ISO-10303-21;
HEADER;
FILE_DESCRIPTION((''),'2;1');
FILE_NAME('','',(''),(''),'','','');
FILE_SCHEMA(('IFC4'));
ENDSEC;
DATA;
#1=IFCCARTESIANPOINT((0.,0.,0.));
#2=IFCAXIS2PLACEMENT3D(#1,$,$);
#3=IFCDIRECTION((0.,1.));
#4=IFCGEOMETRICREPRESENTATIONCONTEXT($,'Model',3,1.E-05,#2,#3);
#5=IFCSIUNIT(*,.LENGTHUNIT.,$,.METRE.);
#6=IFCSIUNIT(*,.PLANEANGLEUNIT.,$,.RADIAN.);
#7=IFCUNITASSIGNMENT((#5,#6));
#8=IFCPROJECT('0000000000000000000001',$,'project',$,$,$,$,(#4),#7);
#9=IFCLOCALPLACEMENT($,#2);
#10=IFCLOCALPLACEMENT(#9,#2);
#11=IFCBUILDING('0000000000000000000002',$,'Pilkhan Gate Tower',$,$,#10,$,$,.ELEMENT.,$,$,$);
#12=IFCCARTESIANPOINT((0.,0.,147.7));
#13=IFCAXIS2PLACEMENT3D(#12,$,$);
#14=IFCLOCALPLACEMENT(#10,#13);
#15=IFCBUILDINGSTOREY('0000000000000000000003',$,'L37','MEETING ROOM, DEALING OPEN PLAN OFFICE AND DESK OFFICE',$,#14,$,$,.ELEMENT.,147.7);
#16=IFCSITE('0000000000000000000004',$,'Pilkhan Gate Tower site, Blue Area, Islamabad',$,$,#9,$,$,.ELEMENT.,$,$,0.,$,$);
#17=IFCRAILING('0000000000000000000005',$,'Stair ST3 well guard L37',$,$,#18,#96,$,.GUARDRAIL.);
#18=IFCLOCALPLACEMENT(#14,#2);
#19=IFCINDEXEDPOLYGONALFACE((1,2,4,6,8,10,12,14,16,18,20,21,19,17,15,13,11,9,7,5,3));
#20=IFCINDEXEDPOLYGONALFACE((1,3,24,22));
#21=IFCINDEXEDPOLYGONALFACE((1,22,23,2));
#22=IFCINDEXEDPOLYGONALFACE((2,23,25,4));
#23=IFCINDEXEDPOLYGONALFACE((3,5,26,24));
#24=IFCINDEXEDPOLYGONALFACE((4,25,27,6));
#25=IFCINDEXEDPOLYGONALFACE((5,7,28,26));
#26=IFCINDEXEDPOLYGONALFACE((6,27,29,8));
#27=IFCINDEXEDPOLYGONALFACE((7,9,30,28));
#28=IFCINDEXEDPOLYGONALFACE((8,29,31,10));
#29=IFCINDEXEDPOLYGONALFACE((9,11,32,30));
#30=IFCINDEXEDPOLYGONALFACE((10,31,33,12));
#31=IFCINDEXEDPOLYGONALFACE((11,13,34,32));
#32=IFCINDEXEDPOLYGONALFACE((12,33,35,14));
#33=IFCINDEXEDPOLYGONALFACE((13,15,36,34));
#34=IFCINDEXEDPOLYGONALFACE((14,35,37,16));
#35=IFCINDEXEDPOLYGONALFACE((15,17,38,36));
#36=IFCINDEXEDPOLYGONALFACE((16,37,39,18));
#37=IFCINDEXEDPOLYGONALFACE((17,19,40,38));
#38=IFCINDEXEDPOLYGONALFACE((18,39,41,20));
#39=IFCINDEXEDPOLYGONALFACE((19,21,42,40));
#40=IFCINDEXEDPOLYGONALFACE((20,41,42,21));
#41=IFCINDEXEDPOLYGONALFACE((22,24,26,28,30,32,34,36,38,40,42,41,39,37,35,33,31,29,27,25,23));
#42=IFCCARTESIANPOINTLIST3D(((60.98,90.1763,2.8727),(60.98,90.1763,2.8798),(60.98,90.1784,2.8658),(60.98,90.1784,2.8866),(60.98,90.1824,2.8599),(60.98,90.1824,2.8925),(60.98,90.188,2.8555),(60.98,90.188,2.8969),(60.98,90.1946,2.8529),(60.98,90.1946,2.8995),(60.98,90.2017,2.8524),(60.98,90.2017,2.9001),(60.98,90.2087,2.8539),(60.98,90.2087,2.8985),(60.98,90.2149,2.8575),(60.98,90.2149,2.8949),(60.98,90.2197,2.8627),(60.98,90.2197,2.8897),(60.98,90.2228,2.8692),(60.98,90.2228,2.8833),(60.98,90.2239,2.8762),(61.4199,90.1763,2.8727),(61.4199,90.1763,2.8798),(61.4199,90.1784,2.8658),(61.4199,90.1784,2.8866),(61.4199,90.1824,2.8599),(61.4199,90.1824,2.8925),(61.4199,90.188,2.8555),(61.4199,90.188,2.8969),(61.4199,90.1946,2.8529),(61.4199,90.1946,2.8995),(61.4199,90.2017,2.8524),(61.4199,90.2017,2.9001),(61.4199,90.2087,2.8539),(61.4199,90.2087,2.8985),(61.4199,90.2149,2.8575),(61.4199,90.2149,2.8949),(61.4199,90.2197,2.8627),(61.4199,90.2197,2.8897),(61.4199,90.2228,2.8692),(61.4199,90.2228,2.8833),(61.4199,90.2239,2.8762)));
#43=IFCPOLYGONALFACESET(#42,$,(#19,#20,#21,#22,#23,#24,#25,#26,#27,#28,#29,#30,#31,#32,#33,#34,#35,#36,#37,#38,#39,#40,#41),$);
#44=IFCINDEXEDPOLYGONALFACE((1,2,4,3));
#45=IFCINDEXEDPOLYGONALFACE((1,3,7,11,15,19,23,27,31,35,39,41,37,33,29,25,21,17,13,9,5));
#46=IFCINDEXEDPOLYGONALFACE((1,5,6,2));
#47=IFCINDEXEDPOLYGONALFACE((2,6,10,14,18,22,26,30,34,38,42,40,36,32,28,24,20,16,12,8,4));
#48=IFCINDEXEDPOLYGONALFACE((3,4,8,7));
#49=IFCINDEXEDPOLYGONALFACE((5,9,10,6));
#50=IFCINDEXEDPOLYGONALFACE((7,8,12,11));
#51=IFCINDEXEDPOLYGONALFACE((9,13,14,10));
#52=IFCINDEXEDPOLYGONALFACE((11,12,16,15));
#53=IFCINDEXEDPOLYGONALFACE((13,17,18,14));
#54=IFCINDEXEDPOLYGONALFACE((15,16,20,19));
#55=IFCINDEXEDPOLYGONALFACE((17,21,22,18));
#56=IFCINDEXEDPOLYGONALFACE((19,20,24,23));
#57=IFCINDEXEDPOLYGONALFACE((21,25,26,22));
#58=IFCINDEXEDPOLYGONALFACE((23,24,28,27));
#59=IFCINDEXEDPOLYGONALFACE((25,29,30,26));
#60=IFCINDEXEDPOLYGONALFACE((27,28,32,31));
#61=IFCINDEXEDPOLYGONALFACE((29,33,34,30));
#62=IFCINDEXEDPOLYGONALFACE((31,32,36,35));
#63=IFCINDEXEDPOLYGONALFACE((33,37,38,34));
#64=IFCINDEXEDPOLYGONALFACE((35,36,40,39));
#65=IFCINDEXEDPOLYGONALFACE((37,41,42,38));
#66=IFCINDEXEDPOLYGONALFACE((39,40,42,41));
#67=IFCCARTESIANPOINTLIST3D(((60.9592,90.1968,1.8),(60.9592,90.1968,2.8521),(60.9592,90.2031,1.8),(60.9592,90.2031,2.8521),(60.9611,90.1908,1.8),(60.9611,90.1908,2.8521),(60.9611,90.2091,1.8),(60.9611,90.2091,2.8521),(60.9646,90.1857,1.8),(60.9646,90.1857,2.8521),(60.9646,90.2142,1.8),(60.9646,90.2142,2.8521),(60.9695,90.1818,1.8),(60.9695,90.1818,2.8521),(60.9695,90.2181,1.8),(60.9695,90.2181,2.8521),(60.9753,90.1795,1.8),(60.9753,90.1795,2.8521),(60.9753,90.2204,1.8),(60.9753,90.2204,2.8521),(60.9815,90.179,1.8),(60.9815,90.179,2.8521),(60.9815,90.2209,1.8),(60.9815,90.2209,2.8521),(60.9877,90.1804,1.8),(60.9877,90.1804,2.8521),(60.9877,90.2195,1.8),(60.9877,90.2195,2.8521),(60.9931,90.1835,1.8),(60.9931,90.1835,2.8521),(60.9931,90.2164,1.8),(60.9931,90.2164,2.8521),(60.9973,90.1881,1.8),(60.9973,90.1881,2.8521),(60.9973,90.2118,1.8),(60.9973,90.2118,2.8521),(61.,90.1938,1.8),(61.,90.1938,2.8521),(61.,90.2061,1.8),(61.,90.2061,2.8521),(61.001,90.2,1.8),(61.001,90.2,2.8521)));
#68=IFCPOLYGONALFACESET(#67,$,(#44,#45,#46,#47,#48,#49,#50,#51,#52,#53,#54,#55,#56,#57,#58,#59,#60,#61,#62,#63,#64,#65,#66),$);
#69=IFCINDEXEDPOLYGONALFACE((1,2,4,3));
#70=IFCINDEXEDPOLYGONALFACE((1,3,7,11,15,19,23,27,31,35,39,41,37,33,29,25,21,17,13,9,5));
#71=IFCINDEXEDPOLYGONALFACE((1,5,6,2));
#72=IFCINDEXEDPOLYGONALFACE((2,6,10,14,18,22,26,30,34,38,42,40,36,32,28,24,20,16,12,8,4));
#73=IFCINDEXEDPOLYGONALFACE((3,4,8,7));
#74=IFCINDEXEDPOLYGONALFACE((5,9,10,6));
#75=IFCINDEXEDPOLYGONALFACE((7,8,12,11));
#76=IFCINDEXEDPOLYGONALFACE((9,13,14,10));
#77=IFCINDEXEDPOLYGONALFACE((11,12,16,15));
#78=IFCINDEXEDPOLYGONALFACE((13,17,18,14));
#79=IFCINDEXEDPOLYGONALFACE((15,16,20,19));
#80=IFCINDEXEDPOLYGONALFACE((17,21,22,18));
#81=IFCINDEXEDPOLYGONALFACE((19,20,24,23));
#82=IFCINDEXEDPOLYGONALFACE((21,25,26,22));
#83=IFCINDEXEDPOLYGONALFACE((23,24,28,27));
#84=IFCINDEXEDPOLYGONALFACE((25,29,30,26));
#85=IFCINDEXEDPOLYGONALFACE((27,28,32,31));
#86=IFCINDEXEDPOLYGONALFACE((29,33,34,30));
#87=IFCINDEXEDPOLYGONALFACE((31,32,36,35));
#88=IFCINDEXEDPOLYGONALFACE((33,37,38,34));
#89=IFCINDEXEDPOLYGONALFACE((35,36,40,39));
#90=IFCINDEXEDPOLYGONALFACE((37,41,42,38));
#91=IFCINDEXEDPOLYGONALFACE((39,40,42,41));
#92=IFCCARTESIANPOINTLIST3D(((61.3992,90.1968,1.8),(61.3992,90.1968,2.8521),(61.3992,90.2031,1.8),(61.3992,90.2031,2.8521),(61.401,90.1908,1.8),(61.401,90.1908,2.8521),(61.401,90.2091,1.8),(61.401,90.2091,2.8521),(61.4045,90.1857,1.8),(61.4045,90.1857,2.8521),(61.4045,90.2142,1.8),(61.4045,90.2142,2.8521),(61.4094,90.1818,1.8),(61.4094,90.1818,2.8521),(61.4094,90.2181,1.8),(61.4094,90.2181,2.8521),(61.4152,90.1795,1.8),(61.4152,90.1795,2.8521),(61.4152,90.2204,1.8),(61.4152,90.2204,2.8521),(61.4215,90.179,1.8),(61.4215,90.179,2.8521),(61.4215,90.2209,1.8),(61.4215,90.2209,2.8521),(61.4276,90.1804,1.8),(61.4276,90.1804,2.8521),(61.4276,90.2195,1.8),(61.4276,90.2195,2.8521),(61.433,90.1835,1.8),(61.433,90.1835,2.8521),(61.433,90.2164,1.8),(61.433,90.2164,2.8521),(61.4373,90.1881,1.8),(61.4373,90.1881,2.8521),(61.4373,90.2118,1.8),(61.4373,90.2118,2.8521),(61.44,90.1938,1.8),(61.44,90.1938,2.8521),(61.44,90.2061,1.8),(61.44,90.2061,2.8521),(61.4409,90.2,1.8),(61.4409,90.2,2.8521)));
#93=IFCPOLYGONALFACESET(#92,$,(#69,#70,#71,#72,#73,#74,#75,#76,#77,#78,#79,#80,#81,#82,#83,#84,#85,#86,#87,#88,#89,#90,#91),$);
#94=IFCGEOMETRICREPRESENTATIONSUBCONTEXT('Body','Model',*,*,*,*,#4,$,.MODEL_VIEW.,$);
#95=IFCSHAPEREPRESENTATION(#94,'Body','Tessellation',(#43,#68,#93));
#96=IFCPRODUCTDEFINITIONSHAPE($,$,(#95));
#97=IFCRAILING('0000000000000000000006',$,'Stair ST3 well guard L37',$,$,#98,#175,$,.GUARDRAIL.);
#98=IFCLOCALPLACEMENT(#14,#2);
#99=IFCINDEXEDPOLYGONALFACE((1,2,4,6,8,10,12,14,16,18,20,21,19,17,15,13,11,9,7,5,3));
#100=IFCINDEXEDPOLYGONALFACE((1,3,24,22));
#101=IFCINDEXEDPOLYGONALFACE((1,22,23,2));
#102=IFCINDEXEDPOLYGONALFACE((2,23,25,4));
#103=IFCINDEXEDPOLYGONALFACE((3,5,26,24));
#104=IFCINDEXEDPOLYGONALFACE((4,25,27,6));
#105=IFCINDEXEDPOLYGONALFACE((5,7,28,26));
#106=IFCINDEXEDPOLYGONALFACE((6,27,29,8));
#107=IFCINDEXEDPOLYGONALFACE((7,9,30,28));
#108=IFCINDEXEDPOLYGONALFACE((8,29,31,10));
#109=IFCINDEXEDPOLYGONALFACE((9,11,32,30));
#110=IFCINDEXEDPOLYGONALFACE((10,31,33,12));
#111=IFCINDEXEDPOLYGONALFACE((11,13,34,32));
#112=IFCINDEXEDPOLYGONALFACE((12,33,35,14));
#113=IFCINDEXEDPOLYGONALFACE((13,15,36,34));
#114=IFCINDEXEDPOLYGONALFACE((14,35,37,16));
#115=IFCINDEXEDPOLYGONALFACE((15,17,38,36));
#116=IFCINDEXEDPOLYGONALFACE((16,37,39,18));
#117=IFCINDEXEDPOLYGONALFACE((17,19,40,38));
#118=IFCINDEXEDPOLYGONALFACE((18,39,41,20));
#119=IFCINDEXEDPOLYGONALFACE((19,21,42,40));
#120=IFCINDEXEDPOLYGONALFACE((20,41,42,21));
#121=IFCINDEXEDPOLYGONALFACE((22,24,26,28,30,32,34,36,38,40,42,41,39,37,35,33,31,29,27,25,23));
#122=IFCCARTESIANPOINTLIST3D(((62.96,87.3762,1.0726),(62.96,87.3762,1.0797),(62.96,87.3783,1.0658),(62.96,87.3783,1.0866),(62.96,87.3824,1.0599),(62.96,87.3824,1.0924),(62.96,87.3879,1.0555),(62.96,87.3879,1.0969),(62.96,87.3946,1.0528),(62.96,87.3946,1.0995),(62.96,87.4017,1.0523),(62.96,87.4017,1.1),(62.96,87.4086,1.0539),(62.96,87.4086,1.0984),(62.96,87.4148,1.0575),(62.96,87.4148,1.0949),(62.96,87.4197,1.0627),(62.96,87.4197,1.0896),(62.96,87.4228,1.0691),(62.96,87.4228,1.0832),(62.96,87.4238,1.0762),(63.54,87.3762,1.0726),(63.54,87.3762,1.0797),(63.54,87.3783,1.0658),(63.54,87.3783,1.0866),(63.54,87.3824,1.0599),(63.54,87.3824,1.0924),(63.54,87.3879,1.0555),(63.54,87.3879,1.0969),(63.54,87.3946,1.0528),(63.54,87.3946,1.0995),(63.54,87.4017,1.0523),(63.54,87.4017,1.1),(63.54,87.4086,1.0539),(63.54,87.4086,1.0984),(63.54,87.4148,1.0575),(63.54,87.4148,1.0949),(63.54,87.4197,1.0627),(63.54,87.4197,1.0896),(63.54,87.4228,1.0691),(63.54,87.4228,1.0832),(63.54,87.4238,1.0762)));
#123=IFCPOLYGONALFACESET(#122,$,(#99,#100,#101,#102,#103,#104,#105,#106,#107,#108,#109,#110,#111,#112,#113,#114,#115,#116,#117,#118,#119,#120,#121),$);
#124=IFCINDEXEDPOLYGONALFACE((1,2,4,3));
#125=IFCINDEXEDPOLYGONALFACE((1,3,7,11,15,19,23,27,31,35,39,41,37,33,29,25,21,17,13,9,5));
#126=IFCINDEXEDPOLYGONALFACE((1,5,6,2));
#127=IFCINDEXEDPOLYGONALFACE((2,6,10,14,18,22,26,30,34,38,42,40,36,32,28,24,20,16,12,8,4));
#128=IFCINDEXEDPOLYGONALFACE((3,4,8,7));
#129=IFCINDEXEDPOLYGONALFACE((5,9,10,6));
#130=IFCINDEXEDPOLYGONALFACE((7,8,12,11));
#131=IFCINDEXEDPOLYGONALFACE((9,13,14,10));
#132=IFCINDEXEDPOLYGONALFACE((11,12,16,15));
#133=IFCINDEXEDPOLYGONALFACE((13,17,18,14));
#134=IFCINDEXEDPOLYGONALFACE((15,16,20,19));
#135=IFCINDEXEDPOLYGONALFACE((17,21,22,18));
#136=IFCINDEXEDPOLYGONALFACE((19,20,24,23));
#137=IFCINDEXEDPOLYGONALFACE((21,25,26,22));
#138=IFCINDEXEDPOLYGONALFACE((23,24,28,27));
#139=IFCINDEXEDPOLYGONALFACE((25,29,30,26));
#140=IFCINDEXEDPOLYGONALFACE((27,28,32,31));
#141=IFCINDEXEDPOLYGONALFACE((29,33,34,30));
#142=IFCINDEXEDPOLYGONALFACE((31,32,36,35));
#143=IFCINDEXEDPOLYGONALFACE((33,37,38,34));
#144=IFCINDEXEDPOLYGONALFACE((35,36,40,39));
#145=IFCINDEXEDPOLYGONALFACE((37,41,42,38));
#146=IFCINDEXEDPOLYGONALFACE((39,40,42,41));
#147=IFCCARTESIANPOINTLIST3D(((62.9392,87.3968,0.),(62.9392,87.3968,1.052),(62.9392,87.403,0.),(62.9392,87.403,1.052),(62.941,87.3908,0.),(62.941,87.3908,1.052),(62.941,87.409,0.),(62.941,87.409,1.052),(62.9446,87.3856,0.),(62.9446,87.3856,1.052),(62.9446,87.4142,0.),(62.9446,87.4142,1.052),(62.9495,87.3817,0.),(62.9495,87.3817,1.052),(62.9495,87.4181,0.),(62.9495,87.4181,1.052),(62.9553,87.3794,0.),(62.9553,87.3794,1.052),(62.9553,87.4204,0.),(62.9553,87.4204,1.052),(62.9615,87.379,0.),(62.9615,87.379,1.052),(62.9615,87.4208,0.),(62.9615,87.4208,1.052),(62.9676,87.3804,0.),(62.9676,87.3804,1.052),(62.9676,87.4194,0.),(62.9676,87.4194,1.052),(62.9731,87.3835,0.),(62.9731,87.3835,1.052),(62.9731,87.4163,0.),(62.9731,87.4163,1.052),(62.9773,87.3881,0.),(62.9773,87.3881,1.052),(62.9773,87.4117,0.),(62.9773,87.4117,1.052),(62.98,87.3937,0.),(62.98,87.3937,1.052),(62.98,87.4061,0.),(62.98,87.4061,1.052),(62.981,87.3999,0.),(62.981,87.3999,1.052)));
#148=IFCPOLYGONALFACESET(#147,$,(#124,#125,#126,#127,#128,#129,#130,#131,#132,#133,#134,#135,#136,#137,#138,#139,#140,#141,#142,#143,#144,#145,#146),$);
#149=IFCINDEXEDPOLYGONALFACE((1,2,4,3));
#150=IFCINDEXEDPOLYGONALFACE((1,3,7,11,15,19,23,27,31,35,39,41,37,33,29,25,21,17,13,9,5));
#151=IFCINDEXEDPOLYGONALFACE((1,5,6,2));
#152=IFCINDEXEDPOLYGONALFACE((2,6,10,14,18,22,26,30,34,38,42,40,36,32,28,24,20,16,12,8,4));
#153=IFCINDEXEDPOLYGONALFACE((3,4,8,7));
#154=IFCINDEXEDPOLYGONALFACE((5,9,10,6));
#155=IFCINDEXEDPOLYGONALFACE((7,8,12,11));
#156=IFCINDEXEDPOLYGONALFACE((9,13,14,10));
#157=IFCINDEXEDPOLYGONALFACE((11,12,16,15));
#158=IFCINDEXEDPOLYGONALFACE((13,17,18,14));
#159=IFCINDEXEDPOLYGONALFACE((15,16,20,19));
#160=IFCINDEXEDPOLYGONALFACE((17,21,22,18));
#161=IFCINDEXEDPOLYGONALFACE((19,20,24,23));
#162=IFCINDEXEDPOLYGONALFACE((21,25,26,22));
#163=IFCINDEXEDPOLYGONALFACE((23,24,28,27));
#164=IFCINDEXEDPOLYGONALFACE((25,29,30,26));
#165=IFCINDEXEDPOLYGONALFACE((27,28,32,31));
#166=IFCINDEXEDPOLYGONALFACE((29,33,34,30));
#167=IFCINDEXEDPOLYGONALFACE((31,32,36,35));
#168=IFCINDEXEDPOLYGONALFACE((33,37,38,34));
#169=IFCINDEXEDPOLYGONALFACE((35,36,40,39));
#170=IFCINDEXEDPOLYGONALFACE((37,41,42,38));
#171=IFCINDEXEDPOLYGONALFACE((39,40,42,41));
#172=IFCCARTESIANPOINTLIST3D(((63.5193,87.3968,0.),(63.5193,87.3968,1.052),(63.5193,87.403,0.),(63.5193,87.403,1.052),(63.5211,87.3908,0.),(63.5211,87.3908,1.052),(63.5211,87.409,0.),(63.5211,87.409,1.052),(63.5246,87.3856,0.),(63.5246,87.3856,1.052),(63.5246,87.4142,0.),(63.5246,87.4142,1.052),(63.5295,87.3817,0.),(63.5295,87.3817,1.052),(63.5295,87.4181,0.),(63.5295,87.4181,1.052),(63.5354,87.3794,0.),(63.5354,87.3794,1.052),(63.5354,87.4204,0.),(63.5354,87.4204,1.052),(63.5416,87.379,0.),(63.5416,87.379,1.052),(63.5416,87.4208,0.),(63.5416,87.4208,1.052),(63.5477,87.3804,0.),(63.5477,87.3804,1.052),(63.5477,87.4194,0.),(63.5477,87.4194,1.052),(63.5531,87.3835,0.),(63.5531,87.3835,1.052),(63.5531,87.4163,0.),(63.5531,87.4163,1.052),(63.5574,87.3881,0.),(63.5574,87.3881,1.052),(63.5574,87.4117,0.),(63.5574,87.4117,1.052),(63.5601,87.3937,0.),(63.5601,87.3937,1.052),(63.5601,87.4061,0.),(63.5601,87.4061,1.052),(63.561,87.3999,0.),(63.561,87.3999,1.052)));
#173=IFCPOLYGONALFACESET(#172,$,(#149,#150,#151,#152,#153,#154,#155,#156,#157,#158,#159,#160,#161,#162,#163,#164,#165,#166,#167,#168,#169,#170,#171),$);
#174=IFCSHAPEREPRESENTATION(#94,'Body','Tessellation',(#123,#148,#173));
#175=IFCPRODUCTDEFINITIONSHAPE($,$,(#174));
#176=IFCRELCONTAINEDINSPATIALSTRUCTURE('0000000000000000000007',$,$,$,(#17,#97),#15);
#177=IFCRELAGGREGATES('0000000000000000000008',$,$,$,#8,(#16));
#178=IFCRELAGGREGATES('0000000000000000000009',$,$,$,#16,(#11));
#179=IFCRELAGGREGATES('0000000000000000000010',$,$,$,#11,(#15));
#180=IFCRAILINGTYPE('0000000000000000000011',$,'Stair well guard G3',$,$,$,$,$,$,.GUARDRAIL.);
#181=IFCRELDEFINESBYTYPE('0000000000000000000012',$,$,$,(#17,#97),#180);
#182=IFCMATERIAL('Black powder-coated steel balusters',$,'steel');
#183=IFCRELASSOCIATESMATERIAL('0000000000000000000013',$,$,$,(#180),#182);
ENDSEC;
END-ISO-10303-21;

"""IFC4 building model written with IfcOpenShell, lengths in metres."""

from ifc_helpers import new_model, si_unit, direction, frame, origin, origin_2d, place, context, subcontext, project, spatial, circle, extrude, material, type_object, element, save


model = new_model("IFC4")

# Units and contexts
model_context = context("Model", 3, precision=1e-05, world=origin(), true_north=direction((0.0, 1.0)))
body_context = subcontext(model_context, "Body", "Model", "MODEL_VIEW")
ifc_project = project(units=[si_unit("LENGTHUNIT", "METRE"), si_unit("PLANEANGLEUNIT", "RADIAN")], contexts=[model_context])

# Site, building, storey
site_placement = place(None, origin())
site = spatial("IfcSite", under=ifc_project, at=site_placement, Name="Pilkhan Gate Tower site, Blue Area, Islamabad", CompositionType="ELEMENT", RefElevation=0.0)
building_placement = place(site_placement, origin())
building = spatial("IfcBuilding", under=site, at=building_placement, Name="Pilkhan Gate Tower", CompositionType="ELEMENT")
storey_placement = place(building_placement, frame((0.0, 0.0, 147.7)))
storey = spatial("IfcBuildingStorey", under=building, at=storey_placement, Name="L37", Description="MEETING ROOM, DEALING OPEN PLAN OFFICE AND DESK OFFICE", CompositionType="ELEMENT", Elevation=147.7)

# Railings
ifc_material_1 = material(Name="Black powder-coated steel balusters", Category="steel")
railing_type_1 = type_object("IfcRailingType", Name="Stair well guard G3", PredefinedType="GUARDRAIL", material=ifc_material_1)
railing_1_placement = place(storey_placement, frame((60.98, 90.2, 1.8)))
element("IfcRailing", 1, at=railing_1_placement, inside=storey, type_object=railing_type_1, Name="Stair ST3 well guard L37", PredefinedType="GUARDRAIL", context=body_context, shape_type="SweptSolid", body=[
    extrude(circle(Radius=0.0239, at=origin_2d()), frame((0.0, 0.0, 1.0762), z_axis=(1.0, 0.0, 0.0), x_axis=(0.0, 1.0, 0.0)), (0.0, 0.0, 1.0), 0.4399),
    extrude(circle(Radius=0.021, at=origin_2d()), origin(), (0.0, 0.0, 1.0), 1.052),
    extrude(circle(Radius=0.021, at=origin_2d()), frame((0.4399, 0.0, 0.0)), (0.0, 0.0, 1.0), 1.052),
])
for number, where, name in (
    (2, (62.96, 87.3999, 0.0), "Stair ST3 well guard L37"),
):
    element("IfcRailing", number, at=place(storey_placement, frame(where)), inside=storey, type_object=railing_type_1, Name=name, PredefinedType="GUARDRAIL", context=body_context, shape_type="SweptSolid", body=[
        extrude(circle(Radius=0.0239, at=origin_2d()), frame((0.0, 0.0, 1.0762), z_axis=(1.0, 0.0, 0.0), x_axis=(0.0, 1.0, 0.0)), (0.0, 0.0, 1.0), 0.5801),
        extrude(circle(Radius=0.021, at=origin_2d()), origin(), (0.0, 0.0, 1.0), 1.052),
        extrude(circle(Radius=0.021, at=origin_2d()), frame((0.5801, 0.0, 0.0)), (0.0, 0.0, 1.0), 1.052),
    ])

save(model, "model.ifc")
